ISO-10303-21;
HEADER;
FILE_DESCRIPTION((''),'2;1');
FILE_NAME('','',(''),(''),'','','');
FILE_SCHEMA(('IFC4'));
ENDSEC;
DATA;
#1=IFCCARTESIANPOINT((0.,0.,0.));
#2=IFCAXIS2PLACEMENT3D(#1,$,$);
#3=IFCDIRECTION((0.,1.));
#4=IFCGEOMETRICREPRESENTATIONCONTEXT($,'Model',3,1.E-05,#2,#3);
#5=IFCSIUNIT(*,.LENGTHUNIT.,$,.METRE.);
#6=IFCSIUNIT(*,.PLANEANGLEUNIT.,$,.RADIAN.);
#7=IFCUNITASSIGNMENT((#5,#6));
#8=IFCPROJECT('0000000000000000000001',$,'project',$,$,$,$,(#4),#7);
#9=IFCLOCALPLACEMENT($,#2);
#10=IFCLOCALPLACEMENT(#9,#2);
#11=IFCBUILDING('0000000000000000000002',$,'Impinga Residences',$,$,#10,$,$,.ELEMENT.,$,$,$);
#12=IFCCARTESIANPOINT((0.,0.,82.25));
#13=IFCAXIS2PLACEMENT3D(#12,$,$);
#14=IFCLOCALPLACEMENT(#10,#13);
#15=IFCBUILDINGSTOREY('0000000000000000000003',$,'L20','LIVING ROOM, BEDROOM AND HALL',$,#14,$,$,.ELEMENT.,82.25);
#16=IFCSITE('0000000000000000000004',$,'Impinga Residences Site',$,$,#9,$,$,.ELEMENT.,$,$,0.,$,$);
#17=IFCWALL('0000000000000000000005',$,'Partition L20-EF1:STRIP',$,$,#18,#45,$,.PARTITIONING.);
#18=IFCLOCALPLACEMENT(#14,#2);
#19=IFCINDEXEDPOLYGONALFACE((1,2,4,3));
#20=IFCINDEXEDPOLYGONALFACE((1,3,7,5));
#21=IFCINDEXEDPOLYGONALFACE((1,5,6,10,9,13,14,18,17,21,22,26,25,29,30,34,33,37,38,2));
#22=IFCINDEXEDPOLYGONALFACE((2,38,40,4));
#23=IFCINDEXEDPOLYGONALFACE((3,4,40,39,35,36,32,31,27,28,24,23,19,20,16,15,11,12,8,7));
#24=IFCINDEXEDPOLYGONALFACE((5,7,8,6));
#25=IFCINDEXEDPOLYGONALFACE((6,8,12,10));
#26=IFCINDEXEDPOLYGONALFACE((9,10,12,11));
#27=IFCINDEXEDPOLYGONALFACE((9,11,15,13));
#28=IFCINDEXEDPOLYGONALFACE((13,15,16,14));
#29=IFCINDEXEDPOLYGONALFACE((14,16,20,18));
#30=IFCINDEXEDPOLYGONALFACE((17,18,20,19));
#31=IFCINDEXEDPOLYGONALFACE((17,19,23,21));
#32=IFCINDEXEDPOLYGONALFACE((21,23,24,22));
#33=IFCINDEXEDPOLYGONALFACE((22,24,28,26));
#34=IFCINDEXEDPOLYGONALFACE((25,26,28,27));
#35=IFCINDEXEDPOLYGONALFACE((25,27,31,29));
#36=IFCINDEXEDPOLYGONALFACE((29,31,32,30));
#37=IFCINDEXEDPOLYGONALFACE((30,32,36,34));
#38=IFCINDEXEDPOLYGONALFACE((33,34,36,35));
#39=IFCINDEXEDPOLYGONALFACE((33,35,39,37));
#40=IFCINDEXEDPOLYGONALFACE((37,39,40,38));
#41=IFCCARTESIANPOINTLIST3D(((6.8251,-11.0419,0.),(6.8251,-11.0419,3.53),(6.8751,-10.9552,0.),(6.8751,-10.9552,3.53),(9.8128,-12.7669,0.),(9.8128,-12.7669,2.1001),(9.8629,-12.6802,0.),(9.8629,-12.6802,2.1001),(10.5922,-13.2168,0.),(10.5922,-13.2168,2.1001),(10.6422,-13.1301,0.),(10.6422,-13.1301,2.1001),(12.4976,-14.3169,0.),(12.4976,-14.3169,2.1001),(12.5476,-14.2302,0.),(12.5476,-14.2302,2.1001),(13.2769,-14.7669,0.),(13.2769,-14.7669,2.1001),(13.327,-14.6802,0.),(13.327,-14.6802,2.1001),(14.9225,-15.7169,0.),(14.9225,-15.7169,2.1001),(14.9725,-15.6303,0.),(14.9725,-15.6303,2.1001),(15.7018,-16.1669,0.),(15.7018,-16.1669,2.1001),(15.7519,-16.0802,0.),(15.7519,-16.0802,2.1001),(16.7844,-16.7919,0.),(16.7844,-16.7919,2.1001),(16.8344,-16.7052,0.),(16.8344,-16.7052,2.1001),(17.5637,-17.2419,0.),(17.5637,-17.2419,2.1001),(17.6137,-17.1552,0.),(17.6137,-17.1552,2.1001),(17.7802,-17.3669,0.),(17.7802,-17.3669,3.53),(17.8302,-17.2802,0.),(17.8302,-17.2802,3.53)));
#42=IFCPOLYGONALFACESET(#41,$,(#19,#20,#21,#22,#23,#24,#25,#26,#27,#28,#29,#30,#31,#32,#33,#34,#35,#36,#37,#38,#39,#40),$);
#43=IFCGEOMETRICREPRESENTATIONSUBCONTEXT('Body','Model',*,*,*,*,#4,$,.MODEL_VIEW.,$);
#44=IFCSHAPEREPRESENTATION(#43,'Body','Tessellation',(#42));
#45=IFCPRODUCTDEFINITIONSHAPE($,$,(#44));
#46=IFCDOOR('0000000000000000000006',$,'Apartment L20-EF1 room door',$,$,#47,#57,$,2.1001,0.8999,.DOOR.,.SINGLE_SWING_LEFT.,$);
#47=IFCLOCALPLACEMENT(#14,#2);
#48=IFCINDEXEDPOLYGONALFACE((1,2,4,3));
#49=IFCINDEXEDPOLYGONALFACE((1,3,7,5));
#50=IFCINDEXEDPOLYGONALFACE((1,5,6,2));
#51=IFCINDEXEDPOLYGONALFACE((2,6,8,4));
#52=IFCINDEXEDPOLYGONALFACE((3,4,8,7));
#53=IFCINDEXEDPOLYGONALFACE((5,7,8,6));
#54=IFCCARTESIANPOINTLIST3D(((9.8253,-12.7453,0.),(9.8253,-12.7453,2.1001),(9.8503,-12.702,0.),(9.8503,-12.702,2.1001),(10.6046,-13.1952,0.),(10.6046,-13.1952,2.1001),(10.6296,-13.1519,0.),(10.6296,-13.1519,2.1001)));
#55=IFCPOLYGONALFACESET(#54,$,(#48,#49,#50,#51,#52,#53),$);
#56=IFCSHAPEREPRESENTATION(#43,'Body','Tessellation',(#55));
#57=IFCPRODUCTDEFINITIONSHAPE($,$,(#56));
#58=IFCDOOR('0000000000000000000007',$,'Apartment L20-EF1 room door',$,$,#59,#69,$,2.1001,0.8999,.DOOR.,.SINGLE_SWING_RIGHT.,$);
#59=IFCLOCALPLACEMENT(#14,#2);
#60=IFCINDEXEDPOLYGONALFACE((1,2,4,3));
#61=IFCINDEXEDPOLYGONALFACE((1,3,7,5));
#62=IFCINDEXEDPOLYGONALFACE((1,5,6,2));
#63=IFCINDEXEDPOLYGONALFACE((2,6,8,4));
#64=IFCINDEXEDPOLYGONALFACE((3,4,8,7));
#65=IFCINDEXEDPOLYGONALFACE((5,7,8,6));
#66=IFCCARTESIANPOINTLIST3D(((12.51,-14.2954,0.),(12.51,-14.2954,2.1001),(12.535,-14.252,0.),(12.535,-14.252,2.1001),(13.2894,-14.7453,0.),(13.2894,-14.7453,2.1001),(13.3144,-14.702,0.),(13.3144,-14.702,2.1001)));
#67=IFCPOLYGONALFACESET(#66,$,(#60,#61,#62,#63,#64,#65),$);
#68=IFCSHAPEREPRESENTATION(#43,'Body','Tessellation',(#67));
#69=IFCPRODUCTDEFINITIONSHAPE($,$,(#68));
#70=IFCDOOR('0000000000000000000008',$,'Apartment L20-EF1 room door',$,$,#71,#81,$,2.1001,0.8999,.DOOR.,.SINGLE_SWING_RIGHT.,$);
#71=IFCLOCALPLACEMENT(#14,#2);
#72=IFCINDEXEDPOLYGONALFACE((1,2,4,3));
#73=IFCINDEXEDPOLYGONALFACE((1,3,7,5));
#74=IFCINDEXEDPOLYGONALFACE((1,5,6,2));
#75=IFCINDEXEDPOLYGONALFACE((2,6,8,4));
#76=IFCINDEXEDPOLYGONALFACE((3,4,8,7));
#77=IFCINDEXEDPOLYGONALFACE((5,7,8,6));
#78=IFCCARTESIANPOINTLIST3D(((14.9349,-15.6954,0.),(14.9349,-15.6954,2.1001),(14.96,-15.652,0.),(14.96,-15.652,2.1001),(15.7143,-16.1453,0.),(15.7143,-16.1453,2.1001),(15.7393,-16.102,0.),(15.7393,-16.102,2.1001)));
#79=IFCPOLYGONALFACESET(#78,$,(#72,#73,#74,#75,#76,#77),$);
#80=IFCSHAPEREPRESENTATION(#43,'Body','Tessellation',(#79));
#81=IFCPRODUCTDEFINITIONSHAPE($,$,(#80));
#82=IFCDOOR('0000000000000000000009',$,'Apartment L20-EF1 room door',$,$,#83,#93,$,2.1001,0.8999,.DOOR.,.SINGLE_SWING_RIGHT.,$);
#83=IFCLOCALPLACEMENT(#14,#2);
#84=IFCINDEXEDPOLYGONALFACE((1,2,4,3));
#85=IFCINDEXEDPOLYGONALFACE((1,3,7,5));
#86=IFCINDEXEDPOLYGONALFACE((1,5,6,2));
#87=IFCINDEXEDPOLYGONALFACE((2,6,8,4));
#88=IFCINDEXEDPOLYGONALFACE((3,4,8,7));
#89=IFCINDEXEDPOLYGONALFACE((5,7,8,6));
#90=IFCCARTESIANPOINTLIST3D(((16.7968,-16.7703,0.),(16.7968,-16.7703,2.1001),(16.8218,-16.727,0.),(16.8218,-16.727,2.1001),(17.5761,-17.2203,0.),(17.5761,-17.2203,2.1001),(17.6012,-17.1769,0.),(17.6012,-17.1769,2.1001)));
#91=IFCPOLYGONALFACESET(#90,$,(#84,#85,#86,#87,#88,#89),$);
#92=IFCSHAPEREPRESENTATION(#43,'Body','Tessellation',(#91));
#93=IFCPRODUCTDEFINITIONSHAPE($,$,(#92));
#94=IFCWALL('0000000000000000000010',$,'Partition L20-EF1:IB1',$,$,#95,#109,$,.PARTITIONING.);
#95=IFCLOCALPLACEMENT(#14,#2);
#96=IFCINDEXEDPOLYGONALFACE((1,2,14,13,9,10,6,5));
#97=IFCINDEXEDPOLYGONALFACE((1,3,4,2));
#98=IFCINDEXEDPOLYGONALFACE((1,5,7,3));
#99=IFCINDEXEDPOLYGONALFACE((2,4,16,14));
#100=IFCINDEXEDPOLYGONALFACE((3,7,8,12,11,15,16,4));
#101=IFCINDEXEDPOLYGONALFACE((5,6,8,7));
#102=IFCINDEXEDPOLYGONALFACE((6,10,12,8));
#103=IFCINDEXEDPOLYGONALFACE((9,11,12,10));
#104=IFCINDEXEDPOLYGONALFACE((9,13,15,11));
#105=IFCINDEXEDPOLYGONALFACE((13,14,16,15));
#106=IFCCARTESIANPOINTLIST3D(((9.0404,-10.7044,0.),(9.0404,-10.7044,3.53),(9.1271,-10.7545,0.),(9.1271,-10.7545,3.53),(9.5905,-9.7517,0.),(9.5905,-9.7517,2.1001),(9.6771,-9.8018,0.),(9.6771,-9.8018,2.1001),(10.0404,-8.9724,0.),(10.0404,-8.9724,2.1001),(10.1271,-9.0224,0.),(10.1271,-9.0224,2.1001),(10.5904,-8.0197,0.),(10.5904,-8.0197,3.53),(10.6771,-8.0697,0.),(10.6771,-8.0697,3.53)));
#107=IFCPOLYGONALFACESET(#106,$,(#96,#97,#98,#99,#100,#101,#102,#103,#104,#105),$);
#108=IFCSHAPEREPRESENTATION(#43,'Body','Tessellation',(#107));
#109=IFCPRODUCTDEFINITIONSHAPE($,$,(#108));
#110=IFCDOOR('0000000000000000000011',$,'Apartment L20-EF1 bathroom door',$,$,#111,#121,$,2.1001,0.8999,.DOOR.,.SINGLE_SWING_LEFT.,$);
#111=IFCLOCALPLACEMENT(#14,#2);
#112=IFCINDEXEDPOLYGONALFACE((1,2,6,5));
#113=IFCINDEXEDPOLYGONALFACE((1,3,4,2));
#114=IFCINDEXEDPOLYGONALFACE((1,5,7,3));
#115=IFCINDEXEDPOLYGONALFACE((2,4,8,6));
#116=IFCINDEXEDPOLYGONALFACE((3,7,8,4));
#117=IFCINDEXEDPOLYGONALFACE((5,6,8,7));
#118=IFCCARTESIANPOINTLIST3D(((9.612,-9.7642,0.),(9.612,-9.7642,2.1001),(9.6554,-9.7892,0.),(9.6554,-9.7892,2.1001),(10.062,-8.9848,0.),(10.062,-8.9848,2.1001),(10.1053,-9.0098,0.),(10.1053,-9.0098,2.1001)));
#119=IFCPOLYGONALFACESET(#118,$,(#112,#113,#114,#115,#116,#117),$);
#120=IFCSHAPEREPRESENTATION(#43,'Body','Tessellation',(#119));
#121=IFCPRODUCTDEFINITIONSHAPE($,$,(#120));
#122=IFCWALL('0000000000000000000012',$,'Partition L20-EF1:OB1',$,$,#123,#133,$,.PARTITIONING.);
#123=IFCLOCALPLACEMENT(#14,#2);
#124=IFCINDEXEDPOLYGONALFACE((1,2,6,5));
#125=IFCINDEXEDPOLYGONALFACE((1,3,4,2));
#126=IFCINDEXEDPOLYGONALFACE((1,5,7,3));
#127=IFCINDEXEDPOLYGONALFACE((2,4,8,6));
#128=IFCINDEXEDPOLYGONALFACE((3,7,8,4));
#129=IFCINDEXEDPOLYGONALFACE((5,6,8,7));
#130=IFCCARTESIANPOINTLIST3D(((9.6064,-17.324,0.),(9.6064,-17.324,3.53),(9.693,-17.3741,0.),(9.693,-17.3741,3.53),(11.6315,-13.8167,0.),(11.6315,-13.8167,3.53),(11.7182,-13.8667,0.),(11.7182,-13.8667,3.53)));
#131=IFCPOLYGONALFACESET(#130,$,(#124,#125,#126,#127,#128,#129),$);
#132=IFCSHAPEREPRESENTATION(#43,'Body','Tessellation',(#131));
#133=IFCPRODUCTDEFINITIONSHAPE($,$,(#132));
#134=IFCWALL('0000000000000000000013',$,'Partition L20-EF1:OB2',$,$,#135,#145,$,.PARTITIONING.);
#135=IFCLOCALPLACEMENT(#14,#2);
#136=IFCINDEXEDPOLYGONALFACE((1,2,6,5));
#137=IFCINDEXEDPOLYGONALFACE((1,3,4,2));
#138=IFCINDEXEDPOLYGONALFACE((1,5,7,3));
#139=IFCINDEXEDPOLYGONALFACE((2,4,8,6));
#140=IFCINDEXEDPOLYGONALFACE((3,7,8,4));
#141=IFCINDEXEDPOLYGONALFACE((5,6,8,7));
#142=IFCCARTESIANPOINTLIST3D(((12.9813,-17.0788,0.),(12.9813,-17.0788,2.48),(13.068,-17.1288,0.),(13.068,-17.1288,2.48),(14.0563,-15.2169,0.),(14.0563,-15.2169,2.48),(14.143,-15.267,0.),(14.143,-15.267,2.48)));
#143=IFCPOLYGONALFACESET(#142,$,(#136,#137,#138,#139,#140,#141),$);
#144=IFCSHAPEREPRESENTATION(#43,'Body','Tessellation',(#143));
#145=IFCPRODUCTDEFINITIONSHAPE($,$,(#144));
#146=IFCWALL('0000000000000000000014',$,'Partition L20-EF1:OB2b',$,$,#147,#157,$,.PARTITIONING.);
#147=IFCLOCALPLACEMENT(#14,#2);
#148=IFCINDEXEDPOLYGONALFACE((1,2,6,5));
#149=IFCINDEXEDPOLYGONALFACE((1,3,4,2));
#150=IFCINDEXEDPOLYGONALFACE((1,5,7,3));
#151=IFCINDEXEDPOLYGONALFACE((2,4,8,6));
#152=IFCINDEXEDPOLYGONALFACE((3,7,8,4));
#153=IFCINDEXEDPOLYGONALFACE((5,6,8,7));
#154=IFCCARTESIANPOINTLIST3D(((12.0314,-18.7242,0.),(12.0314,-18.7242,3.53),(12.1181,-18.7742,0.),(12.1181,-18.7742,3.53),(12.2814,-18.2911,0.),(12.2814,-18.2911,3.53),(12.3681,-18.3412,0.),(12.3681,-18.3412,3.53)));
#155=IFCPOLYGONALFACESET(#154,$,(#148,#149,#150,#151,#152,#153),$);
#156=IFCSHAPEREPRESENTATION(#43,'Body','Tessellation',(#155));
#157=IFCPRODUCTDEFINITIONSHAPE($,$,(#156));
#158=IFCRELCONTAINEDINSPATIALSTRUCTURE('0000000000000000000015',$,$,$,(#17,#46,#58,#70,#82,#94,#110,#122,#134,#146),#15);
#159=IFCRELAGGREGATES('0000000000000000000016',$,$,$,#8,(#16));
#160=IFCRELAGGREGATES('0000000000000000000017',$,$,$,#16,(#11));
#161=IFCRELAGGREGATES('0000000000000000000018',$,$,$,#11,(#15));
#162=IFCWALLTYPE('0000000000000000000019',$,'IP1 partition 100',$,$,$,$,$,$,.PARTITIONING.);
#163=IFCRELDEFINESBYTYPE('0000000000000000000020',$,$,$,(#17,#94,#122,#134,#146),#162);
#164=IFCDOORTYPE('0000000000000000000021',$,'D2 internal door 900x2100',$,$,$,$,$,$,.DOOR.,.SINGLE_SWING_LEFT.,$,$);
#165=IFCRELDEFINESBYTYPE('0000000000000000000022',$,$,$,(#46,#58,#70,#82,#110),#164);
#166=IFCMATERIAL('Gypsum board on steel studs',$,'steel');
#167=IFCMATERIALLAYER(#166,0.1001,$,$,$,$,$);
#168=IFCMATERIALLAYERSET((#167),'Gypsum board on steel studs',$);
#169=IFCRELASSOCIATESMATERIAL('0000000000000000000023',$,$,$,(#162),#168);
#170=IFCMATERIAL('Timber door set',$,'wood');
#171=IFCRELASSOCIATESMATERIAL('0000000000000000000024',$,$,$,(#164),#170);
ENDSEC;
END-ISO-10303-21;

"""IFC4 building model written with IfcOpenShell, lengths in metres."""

from ifc_helpers import new_model, si_unit, direction, frame, frame_2d, origin, place, context, subcontext, project, spatial, rectangle, extrude, material, layer, layer_set, type_object, element, fill, save


model = new_model("IFC4")

# Units and contexts
model_context = context("Model", 3, precision=1e-05, world=origin(), true_north=direction((0.0, 1.0)))
body_context = subcontext(model_context, "Body", "Model", "MODEL_VIEW")
ifc_project = project(units=[si_unit("LENGTHUNIT", "METRE"), si_unit("PLANEANGLEUNIT", "RADIAN")], contexts=[model_context])

# Site, building, storey
site_placement = place(None, origin())
site = spatial("IfcSite", under=ifc_project, at=site_placement, Name="Impinga Residences Site", CompositionType="ELEMENT", RefElevation=0.0)
building_placement = place(site_placement, origin())
building = spatial("IfcBuilding", under=site, at=building_placement, Name="Impinga Residences", CompositionType="ELEMENT")
storey_placement = place(building_placement, frame((0.0, 0.0, 82.25)))
storey = spatial("IfcBuildingStorey", under=building, at=storey_placement, Name="L20", Description="LIVING ROOM, BEDROOM AND HALL", CompositionType="ELEMENT", Elevation=82.25)

# Shared definitions
ifc_material_1 = material(Name="Timber door set", Category="wood")

# Shared definitions
ifc_material_2 = material(Name="Gypsum board on steel studs", Category="steel")
ifc_layer_1 = layer(ifc_material_2, 0.1001)
ifc_layer_set_1 = layer_set([ifc_layer_1], Name="Gypsum board on steel studs")
wall_type_1 = type_object("IfcWallType", Name="IP1 partition 100", PredefinedType="PARTITIONING", material=ifc_layer_set_1)
door_type_1 = type_object("IfcDoorType", Name="D2 internal door 900x2100", OperationType="SINGLE_SWING_LEFT", PredefinedType="DOOR", material=ifc_material_1)

# Wall, openings, doors
wall_1_placement = place(storey_placement, frame((6.8501, -10.9985, 0.0), z_axis=(0.0, 0.0, 1.0), x_axis=(0.866024, -0.500002, 0.0)))
wall_1 = element("IfcWall", 1, at=wall_1_placement, inside=storey, type_object=wall_type_1, Name="Partition L20-EF1:STRIP", PredefinedType="PARTITIONING", context=body_context, shape_type="SweptSolid", body=[
    extrude(rectangle(XDim=12.6499, YDim=0.1001, at=frame_2d((6.325, 0.0))), origin(), (0.0, 0.0, 1.0), 3.53),
])
opening_1_placement = place(wall_1_placement, frame((3.45, 0.0, 0.0)))
opening_1 = element("IfcOpeningElement", 2, at=opening_1_placement, cuts=wall_1, PredefinedType="OPENING", context=body_context, shape_type="SweptSolid", body=[
    extrude(rectangle(XDim=0.8999, YDim=2.1001, at=frame_2d((0.45, 1.05))), frame((0.0, 0.0601, 0.0), z_axis=(0.0, -1.0, 0.0), x_axis=(1.0, 0.0, 0.0)), (0.0, 0.0, 1.0), 0.1201),
])
opening_2_placement = place(wall_1_placement, frame((6.55, 0.0, 0.0)))
opening_2 = element("IfcOpeningElement", 3, at=opening_2_placement, cuts=wall_1, PredefinedType="OPENING", context=body_context, shape_type="SweptSolid", body=[
    extrude(rectangle(XDim=0.8999, YDim=2.1001, at=frame_2d((0.45, 1.05))), frame((0.0, 0.0601, 0.0), z_axis=(0.0, -1.0, 0.0), x_axis=(1.0, 0.0, 0.0)), (0.0, 0.0, 1.0), 0.1201),
])
opening_3_placement = place(wall_1_placement, frame((9.3501, 0.0, 0.0)))
opening_3 = element("IfcOpeningElement", 4, at=opening_3_placement, cuts=wall_1, PredefinedType="OPENING", context=body_context, shape_type="SweptSolid", body=[
    extrude(rectangle(XDim=0.8999, YDim=2.1001, at=frame_2d((0.45, 1.05))), frame((0.0, 0.0601, 0.0), z_axis=(0.0, -1.0, 0.0), x_axis=(1.0, 0.0, 0.0)), (0.0, 0.0, 1.0), 0.1201),
])
opening_4_placement = place(wall_1_placement, frame((11.5, 0.0, 0.0)))
opening_4 = element("IfcOpeningElement", 5, at=opening_4_placement, cuts=wall_1, PredefinedType="OPENING", context=body_context, shape_type="SweptSolid", body=[
    extrude(rectangle(XDim=0.8999, YDim=2.1001, at=frame_2d((0.45, 1.05))), frame((0.0, 0.0601, 0.0), z_axis=(0.0, -1.0, 0.0), x_axis=(1.0, 0.0, 0.0)), (0.0, 0.0, 1.0), 0.1201),
])
door_1_placement = place(opening_1_placement, origin())
door_1 = element("IfcDoor", 6, at=door_1_placement, inside=storey, type_object=door_type_1, Name="Apartment L20-EF1 room door", OperationType="SINGLE_SWING_LEFT", OverallHeight=2.1001, OverallWidth=0.8999, PredefinedType="DOOR", context=body_context, shape_type="SweptSolid", body=[
    extrude(rectangle(XDim=0.8999, YDim=2.1001, at=frame_2d((0.45, 1.05))), frame((0.0, 0.0249, 0.0), z_axis=(0.0, -1.0, 0.0), x_axis=(1.0, 0.0, 0.0)), (0.0, 0.0, 1.0), 0.05),
])
fill(opening_1, door_1)
door_2_placement = place(opening_2_placement, origin())
door_2 = element("IfcDoor", 7, at=door_2_placement, inside=storey, type_object=door_type_1, Name="Apartment L20-EF1 room door", OperationType="SINGLE_SWING_RIGHT", OverallHeight=2.1001, OverallWidth=0.8999, PredefinedType="DOOR", context=body_context, shape_type="SweptSolid", body=[
    extrude(rectangle(XDim=0.8999, YDim=2.1001, at=frame_2d((0.45, 1.05))), frame((0.0, 0.0249, 0.0), z_axis=(0.0, -1.0, 0.0), x_axis=(1.0, 0.0, 0.0)), (0.0, 0.0, 1.0), 0.05),
])
fill(opening_2, door_2)
door_3_placement = place(opening_3_placement, origin())
door_3 = element("IfcDoor", 8, at=door_3_placement, inside=storey, type_object=door_type_1, Name="Apartment L20-EF1 room door", OperationType="SINGLE_SWING_RIGHT", OverallHeight=2.1001, OverallWidth=0.8999, PredefinedType="DOOR", context=body_context, shape_type="SweptSolid", body=[
    extrude(rectangle(XDim=0.8999, YDim=2.1001, at=frame_2d((0.45, 1.05))), frame((0.0, 0.0249, 0.0), z_axis=(0.0, -1.0, 0.0), x_axis=(1.0, 0.0, 0.0)), (0.0, 0.0, 1.0), 0.05),
])
fill(opening_3, door_3)
door_4_placement = place(opening_4_placement, origin())
door_4 = element("IfcDoor", 9, at=door_4_placement, inside=storey, type_object=door_type_1, Name="Apartment L20-EF1 room door", OperationType="SINGLE_SWING_RIGHT", OverallHeight=2.1001, OverallWidth=0.8999, PredefinedType="DOOR", context=body_context, shape_type="SweptSolid", body=[
    extrude(rectangle(XDim=0.8999, YDim=2.1001, at=frame_2d((0.45, 1.05))), frame((0.0, 0.0249, 0.0), z_axis=(0.0, -1.0, 0.0), x_axis=(1.0, 0.0, 0.0)), (0.0, 0.0, 1.0), 0.05),
])
fill(opening_4, door_4)

# Wall, opening, door
wall_2_placement = place(storey_placement, frame((10.6338, -8.0447, 0.0), z_axis=(0.0, 0.0, 1.0), x_axis=(-0.499993, -0.86603, 0.0)))
wall_2 = element("IfcWall", 10, at=wall_2_placement, inside=storey, type_object=wall_type_1, Name="Partition L20-EF1:IB1", PredefinedType="PARTITIONING", context=body_context, shape_type="SweptSolid", body=[
    extrude(rectangle(XDim=3.1001, YDim=0.1001, at=frame_2d((1.55, 0.0))), origin(), (0.0, 0.0, 1.0), 3.53),
])
opening_5_placement = place(wall_2_placement, frame((1.1001, 0.0, 0.0)))
opening_5 = element("IfcOpeningElement", 11, at=opening_5_placement, cuts=wall_2, PredefinedType="OPENING", context=body_context, shape_type="SweptSolid", body=[
    extrude(rectangle(XDim=0.8999, YDim=2.1001, at=frame_2d((0.45, 1.05))), frame((0.0, 0.0601, 0.0), z_axis=(0.0, -1.0, 0.0), x_axis=(1.0, 0.0, 0.0)), (0.0, 0.0, 1.0), 0.1201),
])
door_5_placement = place(opening_5_placement, origin())
door_5 = element("IfcDoor", 12, at=door_5_placement, inside=storey, type_object=door_type_1, Name="Apartment L20-EF1 bathroom door", OperationType="SINGLE_SWING_LEFT", OverallHeight=2.1001, OverallWidth=0.8999, PredefinedType="DOOR", context=body_context, shape_type="SweptSolid", body=[
    extrude(rectangle(XDim=0.8999, YDim=2.1001, at=frame_2d((0.45, 1.05))), frame((0.0, 0.0249, 0.0), z_axis=(0.0, -1.0, 0.0), x_axis=(1.0, 0.0, 0.0)), (0.0, 0.0, 1.0), 0.05),
])
fill(opening_5, door_5)

# Walls
wall_3_placement = place(storey_placement, frame((11.6748, -13.8418, 0.0), z_axis=(0.0, 0.0, 1.0), x_axis=(-0.500036, -0.866005, 0.0)))
element("IfcWall", 13, at=wall_3_placement, inside=storey, type_object=wall_type_1, Name="Partition L20-EF1:OB1", PredefinedType="PARTITIONING", context=body_context, shape_type="SweptSolid", body=[
    extrude(rectangle(XDim=4.05, YDim=0.1001, at=frame_2d((2.0249, 0.0))), origin(), (0.0, 0.0, 1.0), 3.53),
])
wall_4_placement = place(storey_placement, frame((14.0996, -15.2419, 0.0), z_axis=(0.0, 0.0, 1.0), x_axis=(-0.500011, -0.866019, 0.0)))
element("IfcWall", 14, at=wall_4_placement, inside=storey, type_object=wall_type_1, Name="Partition L20-EF1:OB2", PredefinedType="PARTITIONING", context=body_context, shape_type="SweptSolid", body=[
    extrude(rectangle(XDim=2.1499, YDim=0.1001, at=frame_2d((1.075, 0.0))), origin(), (0.0, 0.0, 1.0), 2.48),
])
wall_5_placement = place(storey_placement, frame((12.3247, -18.3162, 0.0), z_axis=(0.0, 0.0, 1.0), x_axis=(-0.49992, -0.866072, 0.0)))
element("IfcWall", 15, at=wall_5_placement, inside=storey, type_object=wall_type_1, Name="Partition L20-EF1:OB2b", PredefinedType="PARTITIONING", context=body_context, shape_type="SweptSolid", body=[
    extrude(rectangle(XDim=0.5, YDim=0.1001, at=frame_2d((0.25, 0.0))), origin(), (0.0, 0.0, 1.0), 3.53),
])

save(model, "model.ifc")
